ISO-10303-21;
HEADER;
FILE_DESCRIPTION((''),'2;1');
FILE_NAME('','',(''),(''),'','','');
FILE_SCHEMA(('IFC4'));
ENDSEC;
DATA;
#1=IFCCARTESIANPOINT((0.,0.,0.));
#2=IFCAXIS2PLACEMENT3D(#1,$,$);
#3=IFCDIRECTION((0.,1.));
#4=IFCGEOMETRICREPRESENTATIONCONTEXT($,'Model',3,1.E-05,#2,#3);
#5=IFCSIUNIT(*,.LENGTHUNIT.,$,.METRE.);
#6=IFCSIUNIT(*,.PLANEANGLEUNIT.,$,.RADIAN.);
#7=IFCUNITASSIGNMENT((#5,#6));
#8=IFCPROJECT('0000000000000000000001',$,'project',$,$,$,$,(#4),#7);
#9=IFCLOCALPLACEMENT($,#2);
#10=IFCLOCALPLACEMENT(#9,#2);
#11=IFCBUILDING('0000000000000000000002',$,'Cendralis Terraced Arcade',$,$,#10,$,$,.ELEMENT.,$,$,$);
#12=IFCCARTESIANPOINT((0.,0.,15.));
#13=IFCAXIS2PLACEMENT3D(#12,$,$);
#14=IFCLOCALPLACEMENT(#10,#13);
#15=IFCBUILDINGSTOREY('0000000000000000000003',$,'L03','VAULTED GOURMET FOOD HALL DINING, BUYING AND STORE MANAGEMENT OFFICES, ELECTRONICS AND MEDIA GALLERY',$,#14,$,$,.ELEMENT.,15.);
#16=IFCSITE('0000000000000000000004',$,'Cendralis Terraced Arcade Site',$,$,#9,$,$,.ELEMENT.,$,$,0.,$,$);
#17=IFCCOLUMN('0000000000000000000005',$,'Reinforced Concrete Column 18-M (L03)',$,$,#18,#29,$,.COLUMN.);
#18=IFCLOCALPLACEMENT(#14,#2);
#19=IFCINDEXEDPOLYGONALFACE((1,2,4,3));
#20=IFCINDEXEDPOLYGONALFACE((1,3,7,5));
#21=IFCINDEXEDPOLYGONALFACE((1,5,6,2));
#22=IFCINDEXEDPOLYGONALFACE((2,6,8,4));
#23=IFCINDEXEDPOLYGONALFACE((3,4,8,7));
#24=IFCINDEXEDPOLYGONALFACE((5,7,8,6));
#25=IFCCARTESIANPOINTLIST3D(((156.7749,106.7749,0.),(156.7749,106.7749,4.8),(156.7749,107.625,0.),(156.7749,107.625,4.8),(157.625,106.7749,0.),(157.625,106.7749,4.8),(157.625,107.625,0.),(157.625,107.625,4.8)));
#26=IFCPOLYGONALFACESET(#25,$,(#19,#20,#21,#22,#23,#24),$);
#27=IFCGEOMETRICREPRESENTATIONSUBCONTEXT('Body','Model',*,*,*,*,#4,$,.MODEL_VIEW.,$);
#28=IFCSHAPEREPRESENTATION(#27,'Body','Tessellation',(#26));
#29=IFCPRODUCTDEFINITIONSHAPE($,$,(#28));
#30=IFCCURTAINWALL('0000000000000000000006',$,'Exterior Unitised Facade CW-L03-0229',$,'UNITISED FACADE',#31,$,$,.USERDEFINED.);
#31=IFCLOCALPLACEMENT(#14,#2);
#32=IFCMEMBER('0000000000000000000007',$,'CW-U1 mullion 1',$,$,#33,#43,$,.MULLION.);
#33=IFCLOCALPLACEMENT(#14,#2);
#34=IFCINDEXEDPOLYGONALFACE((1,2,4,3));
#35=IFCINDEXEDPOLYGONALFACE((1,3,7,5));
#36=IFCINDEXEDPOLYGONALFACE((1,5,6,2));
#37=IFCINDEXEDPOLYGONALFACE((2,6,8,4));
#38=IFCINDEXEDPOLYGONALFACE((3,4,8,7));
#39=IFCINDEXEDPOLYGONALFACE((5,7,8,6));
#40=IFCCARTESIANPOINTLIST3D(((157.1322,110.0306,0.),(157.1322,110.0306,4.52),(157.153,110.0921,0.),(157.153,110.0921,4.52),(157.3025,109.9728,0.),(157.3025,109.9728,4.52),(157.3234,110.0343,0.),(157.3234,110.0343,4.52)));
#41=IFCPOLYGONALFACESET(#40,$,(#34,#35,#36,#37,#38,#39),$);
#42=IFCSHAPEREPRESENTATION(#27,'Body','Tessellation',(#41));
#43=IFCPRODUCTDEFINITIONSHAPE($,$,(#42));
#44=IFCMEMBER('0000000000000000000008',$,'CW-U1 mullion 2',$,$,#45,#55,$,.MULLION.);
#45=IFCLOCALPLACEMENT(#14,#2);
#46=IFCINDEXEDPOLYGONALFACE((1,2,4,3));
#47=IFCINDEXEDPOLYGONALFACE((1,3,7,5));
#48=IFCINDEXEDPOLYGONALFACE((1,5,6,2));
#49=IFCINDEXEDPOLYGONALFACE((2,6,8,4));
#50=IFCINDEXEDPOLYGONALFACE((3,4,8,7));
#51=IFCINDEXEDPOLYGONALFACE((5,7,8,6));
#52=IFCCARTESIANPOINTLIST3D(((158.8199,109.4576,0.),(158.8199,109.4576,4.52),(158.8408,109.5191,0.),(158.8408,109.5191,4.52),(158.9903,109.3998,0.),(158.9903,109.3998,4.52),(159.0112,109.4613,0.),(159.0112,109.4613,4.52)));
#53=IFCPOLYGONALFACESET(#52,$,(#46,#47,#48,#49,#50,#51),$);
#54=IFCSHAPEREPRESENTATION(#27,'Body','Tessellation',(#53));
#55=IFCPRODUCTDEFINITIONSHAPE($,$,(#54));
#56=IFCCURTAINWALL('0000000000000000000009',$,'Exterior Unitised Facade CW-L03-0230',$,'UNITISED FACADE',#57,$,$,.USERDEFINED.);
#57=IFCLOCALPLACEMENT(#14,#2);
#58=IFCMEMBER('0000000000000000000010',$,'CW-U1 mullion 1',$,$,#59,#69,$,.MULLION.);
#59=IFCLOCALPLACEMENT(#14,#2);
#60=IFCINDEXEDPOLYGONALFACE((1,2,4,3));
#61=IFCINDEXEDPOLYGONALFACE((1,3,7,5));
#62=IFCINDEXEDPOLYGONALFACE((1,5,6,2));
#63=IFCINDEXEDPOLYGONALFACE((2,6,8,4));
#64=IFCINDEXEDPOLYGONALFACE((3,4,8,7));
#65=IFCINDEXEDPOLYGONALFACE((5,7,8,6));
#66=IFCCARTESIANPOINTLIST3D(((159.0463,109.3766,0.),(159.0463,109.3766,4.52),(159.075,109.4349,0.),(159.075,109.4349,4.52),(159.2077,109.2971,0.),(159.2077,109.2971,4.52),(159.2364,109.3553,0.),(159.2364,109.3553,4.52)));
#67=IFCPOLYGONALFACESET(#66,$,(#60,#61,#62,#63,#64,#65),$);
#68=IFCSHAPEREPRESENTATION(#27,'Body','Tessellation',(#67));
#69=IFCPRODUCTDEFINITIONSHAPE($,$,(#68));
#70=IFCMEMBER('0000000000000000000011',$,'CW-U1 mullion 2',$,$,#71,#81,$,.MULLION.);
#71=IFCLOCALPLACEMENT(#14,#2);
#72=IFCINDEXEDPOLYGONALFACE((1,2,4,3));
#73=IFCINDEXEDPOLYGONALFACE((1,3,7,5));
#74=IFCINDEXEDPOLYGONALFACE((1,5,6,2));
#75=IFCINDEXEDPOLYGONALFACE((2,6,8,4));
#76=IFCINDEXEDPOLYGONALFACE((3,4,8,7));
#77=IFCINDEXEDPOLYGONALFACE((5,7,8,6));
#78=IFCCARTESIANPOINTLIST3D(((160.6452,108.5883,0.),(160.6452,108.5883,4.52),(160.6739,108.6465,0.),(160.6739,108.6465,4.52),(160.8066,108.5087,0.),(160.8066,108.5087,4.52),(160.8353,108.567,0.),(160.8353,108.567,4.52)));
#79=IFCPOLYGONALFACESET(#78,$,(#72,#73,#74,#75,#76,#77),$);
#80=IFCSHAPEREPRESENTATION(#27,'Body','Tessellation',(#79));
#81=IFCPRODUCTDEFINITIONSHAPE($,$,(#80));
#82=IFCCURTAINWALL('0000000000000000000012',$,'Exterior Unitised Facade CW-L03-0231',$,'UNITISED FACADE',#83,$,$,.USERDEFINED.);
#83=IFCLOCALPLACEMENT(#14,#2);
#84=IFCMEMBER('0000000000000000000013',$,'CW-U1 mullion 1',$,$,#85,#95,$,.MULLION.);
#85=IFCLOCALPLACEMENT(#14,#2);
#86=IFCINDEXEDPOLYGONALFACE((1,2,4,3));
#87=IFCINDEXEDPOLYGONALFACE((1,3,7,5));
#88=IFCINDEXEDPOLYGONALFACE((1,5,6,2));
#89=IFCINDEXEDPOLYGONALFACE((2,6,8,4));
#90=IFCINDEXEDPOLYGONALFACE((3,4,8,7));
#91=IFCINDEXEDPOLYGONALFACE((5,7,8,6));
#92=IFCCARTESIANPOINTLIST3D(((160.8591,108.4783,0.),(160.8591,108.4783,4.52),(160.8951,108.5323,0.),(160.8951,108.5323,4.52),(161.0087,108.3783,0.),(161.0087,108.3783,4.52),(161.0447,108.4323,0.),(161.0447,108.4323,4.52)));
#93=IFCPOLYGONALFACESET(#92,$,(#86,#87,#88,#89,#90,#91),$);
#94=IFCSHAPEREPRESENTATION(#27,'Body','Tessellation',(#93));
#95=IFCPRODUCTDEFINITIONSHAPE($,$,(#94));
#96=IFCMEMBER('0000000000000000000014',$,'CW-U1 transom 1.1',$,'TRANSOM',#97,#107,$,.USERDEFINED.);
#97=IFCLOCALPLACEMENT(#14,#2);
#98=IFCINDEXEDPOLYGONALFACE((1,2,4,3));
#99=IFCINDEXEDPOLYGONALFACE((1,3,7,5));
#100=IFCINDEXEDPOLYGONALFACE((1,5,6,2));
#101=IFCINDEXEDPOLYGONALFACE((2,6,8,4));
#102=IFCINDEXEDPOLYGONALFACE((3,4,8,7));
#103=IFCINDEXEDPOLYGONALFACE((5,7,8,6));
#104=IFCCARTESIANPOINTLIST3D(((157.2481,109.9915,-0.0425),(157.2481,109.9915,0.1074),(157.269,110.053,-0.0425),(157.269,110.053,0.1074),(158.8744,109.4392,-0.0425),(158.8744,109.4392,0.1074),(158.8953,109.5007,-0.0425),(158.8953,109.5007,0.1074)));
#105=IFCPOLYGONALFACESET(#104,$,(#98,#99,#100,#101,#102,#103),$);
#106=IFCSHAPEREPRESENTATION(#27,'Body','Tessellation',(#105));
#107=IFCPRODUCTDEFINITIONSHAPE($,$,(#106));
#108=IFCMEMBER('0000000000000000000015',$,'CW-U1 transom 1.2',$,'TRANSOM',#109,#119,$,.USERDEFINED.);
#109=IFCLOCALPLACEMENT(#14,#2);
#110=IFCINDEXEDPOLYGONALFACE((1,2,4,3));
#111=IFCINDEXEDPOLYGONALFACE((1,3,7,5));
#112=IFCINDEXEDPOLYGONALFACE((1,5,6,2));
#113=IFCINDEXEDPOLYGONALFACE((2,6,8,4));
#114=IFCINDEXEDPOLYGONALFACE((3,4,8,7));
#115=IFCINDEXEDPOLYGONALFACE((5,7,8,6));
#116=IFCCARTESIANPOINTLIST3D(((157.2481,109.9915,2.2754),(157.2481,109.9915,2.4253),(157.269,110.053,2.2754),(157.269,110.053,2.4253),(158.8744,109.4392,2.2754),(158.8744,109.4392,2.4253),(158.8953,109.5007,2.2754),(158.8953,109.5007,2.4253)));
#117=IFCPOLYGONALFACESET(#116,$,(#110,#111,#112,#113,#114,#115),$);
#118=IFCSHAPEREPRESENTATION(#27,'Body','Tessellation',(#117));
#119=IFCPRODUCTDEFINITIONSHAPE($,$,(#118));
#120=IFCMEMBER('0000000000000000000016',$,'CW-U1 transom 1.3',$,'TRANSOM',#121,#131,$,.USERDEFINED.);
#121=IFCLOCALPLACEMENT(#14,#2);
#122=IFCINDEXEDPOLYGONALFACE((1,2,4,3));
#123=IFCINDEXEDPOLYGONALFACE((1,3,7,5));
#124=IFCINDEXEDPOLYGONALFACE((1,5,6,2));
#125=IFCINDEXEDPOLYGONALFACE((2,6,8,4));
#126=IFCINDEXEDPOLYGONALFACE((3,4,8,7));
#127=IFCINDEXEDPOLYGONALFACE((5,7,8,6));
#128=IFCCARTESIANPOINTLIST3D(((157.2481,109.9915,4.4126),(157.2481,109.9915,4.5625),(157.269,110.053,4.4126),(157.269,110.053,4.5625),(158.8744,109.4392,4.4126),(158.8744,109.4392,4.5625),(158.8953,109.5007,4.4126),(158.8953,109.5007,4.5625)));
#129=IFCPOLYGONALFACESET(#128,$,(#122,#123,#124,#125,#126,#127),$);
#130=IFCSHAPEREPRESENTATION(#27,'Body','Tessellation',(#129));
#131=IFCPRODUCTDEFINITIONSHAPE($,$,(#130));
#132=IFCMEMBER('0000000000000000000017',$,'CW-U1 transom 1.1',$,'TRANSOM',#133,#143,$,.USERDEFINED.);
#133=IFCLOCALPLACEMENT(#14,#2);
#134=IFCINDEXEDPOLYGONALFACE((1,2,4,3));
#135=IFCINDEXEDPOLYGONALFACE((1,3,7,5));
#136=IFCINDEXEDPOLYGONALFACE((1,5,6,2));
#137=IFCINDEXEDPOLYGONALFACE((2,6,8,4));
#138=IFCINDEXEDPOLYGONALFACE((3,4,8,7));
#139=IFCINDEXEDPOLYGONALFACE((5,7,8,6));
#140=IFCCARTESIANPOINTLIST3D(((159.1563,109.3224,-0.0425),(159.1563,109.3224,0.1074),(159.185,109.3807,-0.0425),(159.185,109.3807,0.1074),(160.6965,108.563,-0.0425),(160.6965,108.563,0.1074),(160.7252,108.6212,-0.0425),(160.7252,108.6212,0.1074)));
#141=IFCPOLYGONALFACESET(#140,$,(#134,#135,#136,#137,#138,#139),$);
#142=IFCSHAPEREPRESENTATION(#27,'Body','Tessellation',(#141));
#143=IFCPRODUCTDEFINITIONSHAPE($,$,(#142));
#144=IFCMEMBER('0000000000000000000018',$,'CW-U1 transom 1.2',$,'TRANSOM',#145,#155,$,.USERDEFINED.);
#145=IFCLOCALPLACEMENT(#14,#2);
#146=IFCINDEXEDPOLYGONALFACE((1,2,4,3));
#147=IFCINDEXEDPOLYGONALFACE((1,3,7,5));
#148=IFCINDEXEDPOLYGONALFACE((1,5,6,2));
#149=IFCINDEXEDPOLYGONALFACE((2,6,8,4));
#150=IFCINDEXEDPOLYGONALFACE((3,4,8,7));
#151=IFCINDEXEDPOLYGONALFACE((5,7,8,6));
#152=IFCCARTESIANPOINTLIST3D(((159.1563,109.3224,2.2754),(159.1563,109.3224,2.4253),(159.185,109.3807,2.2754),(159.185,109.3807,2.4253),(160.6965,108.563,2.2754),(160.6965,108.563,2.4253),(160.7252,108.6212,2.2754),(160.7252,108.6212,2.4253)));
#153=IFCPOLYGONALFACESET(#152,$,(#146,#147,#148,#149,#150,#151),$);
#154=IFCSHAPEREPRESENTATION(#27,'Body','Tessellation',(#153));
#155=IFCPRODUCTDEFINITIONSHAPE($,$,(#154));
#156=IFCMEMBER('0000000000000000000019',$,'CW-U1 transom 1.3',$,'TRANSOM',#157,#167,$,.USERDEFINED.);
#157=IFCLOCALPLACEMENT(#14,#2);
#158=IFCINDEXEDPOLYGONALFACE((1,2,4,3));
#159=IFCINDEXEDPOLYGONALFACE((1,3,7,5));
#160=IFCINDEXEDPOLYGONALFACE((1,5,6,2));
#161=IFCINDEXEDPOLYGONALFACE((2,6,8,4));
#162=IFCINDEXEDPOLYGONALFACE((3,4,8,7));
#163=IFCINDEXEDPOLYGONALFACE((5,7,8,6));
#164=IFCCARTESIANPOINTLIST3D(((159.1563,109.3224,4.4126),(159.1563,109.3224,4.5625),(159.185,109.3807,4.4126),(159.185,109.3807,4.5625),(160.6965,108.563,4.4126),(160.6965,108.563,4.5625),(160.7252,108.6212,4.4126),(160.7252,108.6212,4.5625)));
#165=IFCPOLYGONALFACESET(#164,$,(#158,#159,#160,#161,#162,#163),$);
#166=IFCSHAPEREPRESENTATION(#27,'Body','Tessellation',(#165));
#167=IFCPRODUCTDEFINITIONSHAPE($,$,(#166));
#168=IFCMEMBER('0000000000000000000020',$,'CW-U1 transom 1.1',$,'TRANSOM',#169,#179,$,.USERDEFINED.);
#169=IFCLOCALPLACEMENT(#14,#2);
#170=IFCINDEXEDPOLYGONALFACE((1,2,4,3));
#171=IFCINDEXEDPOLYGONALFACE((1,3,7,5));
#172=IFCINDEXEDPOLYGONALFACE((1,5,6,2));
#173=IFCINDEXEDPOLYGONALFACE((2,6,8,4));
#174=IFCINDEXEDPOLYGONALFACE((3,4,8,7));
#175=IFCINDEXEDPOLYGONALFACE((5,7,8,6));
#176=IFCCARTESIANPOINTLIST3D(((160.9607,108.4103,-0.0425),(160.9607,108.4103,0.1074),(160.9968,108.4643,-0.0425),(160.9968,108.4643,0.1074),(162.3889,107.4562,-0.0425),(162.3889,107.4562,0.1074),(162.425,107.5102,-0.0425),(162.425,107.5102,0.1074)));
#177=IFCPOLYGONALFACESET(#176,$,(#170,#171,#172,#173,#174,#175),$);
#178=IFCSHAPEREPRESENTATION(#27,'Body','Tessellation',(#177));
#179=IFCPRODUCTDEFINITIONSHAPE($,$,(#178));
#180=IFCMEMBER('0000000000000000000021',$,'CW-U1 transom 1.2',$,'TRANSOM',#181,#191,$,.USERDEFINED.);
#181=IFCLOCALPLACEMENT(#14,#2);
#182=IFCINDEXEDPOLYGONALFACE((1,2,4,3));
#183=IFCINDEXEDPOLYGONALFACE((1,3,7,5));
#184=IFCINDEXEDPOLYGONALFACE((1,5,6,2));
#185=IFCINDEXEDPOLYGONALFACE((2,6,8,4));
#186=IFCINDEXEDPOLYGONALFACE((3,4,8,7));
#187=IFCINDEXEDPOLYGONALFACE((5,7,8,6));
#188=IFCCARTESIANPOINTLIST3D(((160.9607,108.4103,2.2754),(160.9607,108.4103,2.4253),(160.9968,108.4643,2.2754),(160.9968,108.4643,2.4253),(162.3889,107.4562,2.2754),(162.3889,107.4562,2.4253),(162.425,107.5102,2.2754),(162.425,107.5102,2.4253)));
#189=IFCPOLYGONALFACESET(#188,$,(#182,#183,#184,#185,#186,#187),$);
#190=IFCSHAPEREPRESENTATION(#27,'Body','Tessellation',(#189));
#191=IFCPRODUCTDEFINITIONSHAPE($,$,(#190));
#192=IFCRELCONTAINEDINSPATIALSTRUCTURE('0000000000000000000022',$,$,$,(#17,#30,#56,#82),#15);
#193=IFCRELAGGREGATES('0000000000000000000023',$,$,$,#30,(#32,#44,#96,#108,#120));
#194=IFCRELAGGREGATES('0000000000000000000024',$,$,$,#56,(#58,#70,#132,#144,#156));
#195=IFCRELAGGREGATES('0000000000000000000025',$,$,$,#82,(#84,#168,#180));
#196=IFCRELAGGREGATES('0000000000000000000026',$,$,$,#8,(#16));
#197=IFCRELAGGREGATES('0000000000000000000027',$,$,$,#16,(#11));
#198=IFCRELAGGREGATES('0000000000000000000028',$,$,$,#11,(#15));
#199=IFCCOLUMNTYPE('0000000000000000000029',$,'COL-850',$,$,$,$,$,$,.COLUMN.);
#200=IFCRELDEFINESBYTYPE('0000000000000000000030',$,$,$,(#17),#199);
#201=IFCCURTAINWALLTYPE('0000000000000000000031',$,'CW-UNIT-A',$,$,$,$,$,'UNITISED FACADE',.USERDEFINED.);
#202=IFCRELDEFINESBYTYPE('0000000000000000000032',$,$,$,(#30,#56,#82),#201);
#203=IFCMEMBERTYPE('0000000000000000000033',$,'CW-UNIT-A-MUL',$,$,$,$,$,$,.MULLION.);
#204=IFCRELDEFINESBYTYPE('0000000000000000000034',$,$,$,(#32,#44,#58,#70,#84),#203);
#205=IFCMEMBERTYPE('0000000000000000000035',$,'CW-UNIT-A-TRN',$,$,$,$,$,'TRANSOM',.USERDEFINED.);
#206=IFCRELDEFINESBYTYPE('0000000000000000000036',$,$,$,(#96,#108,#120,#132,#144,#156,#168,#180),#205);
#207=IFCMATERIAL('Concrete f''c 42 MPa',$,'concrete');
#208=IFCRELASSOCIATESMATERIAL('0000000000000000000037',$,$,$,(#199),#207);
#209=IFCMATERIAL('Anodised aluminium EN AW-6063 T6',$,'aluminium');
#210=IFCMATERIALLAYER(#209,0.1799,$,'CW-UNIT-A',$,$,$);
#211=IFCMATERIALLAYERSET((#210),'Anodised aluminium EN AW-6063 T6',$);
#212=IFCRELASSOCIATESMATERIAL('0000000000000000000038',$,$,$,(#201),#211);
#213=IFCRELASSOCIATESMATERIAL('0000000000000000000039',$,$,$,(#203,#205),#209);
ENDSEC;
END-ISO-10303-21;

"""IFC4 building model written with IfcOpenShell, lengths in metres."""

from ifc_helpers import new_model, si_unit, direction, frame, origin, origin_2d, place, context, subcontext, project, spatial, rectangle, extrude, material, layer, layer_set, material_profile, profile_set, type_object, element, aggregate, save


model = new_model("IFC4")

# Units and contexts
model_context = context("Model", 3, precision=1e-05, world=origin(), true_north=direction((0.0, 1.0)))
body_context = subcontext(model_context, "Body", "Model", "MODEL_VIEW")
ifc_project = project(units=[si_unit("LENGTHUNIT", "METRE"), si_unit("PLANEANGLEUNIT", "RADIAN")], contexts=[model_context])

# Site, building, storey
site_placement = place(None, origin())
site = spatial("IfcSite", under=ifc_project, at=site_placement, Name="Cendralis Terraced Arcade Site", CompositionType="ELEMENT", RefElevation=0.0)
building_placement = place(site_placement, origin())
building = spatial("IfcBuilding", under=site, at=building_placement, Name="Cendralis Terraced Arcade", CompositionType="ELEMENT")
storey_placement = place(building_placement, frame((0.0, 0.0, 15.0)))
storey = spatial("IfcBuildingStorey", under=building, at=storey_placement, Name="L03", Description="VAULTED GOURMET FOOD HALL DINING, BUYING AND STORE MANAGEMENT OFFICES, ELECTRONICS AND MEDIA GALLERY", CompositionType="ELEMENT", Elevation=15.0)

# Column
ifc_material_1 = material(Name="Concrete f'c 42 MPa", Category="concrete")
ifc_material_profile_1 = material_profile(ifc_material_1, rectangle(XDim=0.8501, YDim=0.8501, at=origin_2d()), Name="RC-COL-850x850", Category="LoadBearing")
ifc_profile_set_1 = profile_set([ifc_material_profile_1], Name="Concrete f'c 42 MPa")
column_type = type_object("IfcColumnType", Name="COL-850", PredefinedType="COLUMN", material=ifc_profile_set_1)
column_placement = place(storey_placement, frame((157.2, 107.2, 0.0), z_axis=(0.0, 0.0, 1.0), x_axis=(1.0, 0.0, 0.0)))
element("IfcColumn", 1, at=column_placement, inside=storey, type_object=column_type, Name="Reinforced Concrete Column 18-M (L03)", PredefinedType="COLUMN", context=body_context, shape_type="SweptSolid", body=[
    extrude(rectangle(XDim=0.8501, YDim=0.8501, at=origin_2d()), origin(), (0.0, 0.0, 1.0), 4.8),
])

# Curtain walls, members
ifc_material_2 = material(Name="Anodised aluminium EN AW-6063 T6", Category="aluminium")
ifc_layer_1 = layer(ifc_material_2, 0.1799, Name="CW-UNIT-A")
ifc_layer_set_1 = layer_set([ifc_layer_1], Name="Anodised aluminium EN AW-6063 T6")
curtain_wall_type = type_object("IfcCurtainWallType", Name="CW-UNIT-A", ElementType="UNITISED FACADE", PredefinedType="USERDEFINED", material=ifc_layer_set_1)
curtain_wall_1_placement = place(storey_placement, origin())
curtain_wall_1 = element("IfcCurtainWall", 2, at=curtain_wall_1_placement, inside=storey, type_object=curtain_wall_type, Name="Exterior Unitised Facade CW-L03-0229", ObjectType="UNITISED FACADE", PredefinedType="USERDEFINED")
ifc_material_profile_2 = material_profile(ifc_material_2, rectangle(XDim=0.0649, YDim=0.1799, at=origin_2d()), Name="ALU-MUL-65x180")
ifc_profile_set_2 = profile_set([ifc_material_profile_2], Name="Anodised aluminium EN AW-6063 T6")
member_type_1 = type_object("IfcMemberType", Name="CW-UNIT-A-MUL", PredefinedType="MULLION", material=ifc_profile_set_2)
member_1_placement = place(storey_placement, frame((157.2278, 110.0325, 0.0), z_axis=(0.0, 0.0, 1.0), x_axis=(0.3215, 0.94691, 0.0)))
member_1 = element("IfcMember", 3, at=member_1_placement, type_object=member_type_1, Name="CW-U1 mullion 1", PredefinedType="MULLION", context=body_context, shape_type="SweptSolid", body=[
    extrude(rectangle(XDim=0.0649, YDim=0.1799, at=origin_2d()), origin(), (0.0, 0.0, 1.0), 4.52),
])
member_2_placement = place(storey_placement, frame((158.9155, 109.4595, 0.0), z_axis=(0.0, 0.0, 1.0), x_axis=(0.3215, 0.94691, 0.0)))
member_2 = element("IfcMember", 4, at=member_2_placement, type_object=member_type_1, Name="CW-U1 mullion 2", PredefinedType="MULLION", context=body_context, shape_type="SweptSolid", body=[
    extrude(rectangle(XDim=0.0649, YDim=0.1799, at=origin_2d()), origin(), (0.0, 0.0, 1.0), 4.52),
])
curtain_wall_2_placement = place(storey_placement, origin())
curtain_wall_2 = element("IfcCurtainWall", 5, at=curtain_wall_2_placement, inside=storey, type_object=curtain_wall_type, Name="Exterior Unitised Facade CW-L03-0230", ObjectType="UNITISED FACADE", PredefinedType="USERDEFINED")
member_3_placement = place(storey_placement, frame((159.1414, 109.366, 0.0), z_axis=(0.0, 0.0, 1.0), x_axis=(0.44227, 0.896882, 0.0)))
member_3 = element("IfcMember", 6, at=member_3_placement, type_object=member_type_1, Name="CW-U1 mullion 1", PredefinedType="MULLION", context=body_context, shape_type="SweptSolid", body=[
    extrude(rectangle(XDim=0.0649, YDim=0.1799, at=origin_2d()), origin(), (0.0, 0.0, 1.0), 4.52),
])
member_4_placement = place(storey_placement, frame((160.7402, 108.5776, 0.0), z_axis=(0.0, 0.0, 1.0), x_axis=(0.44227, 0.896882, 0.0)))
member_4 = element("IfcMember", 7, at=member_4_placement, type_object=member_type_1, Name="CW-U1 mullion 2", PredefinedType="MULLION", context=body_context, shape_type="SweptSolid", body=[
    extrude(rectangle(XDim=0.0649, YDim=0.1799, at=origin_2d()), origin(), (0.0, 0.0, 1.0), 4.52),
])

# Curtain wall, member
curtain_wall_3_placement = place(storey_placement, origin())
curtain_wall_3 = element("IfcCurtainWall", 8, at=curtain_wall_3_placement, inside=storey, type_object=curtain_wall_type, Name="Exterior Unitised Facade CW-L03-0231", ObjectType="UNITISED FACADE", PredefinedType="USERDEFINED")
member_5_placement = place(storey_placement, frame((160.9519, 108.4553, 0.0), z_axis=(0.0, 0.0, 1.0), x_axis=(0.555549, 0.831484, 0.0)))
member_5 = element("IfcMember", 9, at=member_5_placement, type_object=member_type_1, Name="CW-U1 mullion 1", PredefinedType="MULLION", context=body_context, shape_type="SweptSolid", body=[
    extrude(rectangle(XDim=0.0649, YDim=0.1799, at=origin_2d()), origin(), (0.0, 0.0, 1.0), 4.52),
])

# Members
ifc_material_profile_3 = material_profile(ifc_material_2, rectangle(XDim=0.0649, YDim=0.1499, at=origin_2d()), Name="ALU-TRN-65x150")
ifc_profile_set_3 = profile_set([ifc_material_profile_3], Name="Anodised aluminium EN AW-6063 T6")
member_type_2 = type_object("IfcMemberType", Name="CW-UNIT-A-TRN", ElementType="TRANSOM", PredefinedType="USERDEFINED", material=ifc_profile_set_3)
member_6_placement = place(storey_placement, frame((157.2585, 110.0222, 0.0325), z_axis=(0.946891, -0.321554, 0.0), x_axis=(0.321554, 0.946891, 0.0)))
member_6 = element("IfcMember", 10, at=member_6_placement, type_object=member_type_2, Name="CW-U1 transom 1.1", ObjectType="TRANSOM", PredefinedType="USERDEFINED", context=body_context, shape_type="SweptSolid", body=[
    extrude(rectangle(XDim=0.0649, YDim=0.1499, at=origin_2d()), origin(), (0.0, 0.0, 1.0), 1.7175),
])
member_7_placement = place(storey_placement, frame((157.2585, 110.0222, 2.3503), z_axis=(0.946891, -0.321554, 0.0), x_axis=(0.321554, 0.946891, 0.0)))
member_7 = element("IfcMember", 11, at=member_7_placement, type_object=member_type_2, Name="CW-U1 transom 1.2", ObjectType="TRANSOM", PredefinedType="USERDEFINED", context=body_context, shape_type="SweptSolid", body=[
    extrude(rectangle(XDim=0.0649, YDim=0.1499, at=origin_2d()), origin(), (0.0, 0.0, 1.0), 1.7175),
])
member_8_placement = place(storey_placement, frame((157.2585, 110.0222, 4.4875), z_axis=(0.946891, -0.321554, 0.0), x_axis=(0.321554, 0.946891, 0.0)))
member_8 = element("IfcMember", 12, at=member_8_placement, type_object=member_type_2, Name="CW-U1 transom 1.3", ObjectType="TRANSOM", PredefinedType="USERDEFINED", context=body_context, shape_type="SweptSolid", body=[
    extrude(rectangle(XDim=0.0649, YDim=0.1499, at=origin_2d()), origin(), (0.0, 0.0, 1.0), 1.7175),
])
member_9_placement = place(storey_placement, frame((159.1707, 109.3516, 0.0325), z_axis=(0.896887, -0.44226, 0.0), x_axis=(0.44226, 0.896887, 0.0)))
member_9 = element("IfcMember", 13, at=member_9_placement, type_object=member_type_2, Name="CW-U1 transom 1.1", ObjectType="TRANSOM", PredefinedType="USERDEFINED", context=body_context, shape_type="SweptSolid", body=[
    extrude(rectangle(XDim=0.0649, YDim=0.1499, at=origin_2d()), origin(), (0.0, 0.0, 1.0), 1.7173),
])
member_10_placement = place(storey_placement, frame((159.1707, 109.3516, 2.3503), z_axis=(0.896887, -0.44226, 0.0), x_axis=(0.44226, 0.896887, 0.0)))
member_10 = element("IfcMember", 14, at=member_10_placement, type_object=member_type_2, Name="CW-U1 transom 1.2", ObjectType="TRANSOM", PredefinedType="USERDEFINED", context=body_context, shape_type="SweptSolid", body=[
    extrude(rectangle(XDim=0.0649, YDim=0.1499, at=origin_2d()), origin(), (0.0, 0.0, 1.0), 1.7173),
])
member_11_placement = place(storey_placement, frame((159.1707, 109.3516, 4.4875), z_axis=(0.896887, -0.44226, 0.0), x_axis=(0.44226, 0.896887, 0.0)))
member_11 = element("IfcMember", 15, at=member_11_placement, type_object=member_type_2, Name="CW-U1 transom 1.3", ObjectType="TRANSOM", PredefinedType="USERDEFINED", context=body_context, shape_type="SweptSolid", body=[
    extrude(rectangle(XDim=0.0649, YDim=0.1499, at=origin_2d()), origin(), (0.0, 0.0, 1.0), 1.7173),
])
member_12_placement = place(storey_placement, frame((160.9788, 108.4373, 0.0325), z_axis=(0.831525, -0.555487, 0.0), x_axis=(0.555487, 0.831525, 0.0)))
member_12 = element("IfcMember", 16, at=member_12_placement, type_object=member_type_2, Name="CW-U1 transom 1.1", ObjectType="TRANSOM", PredefinedType="USERDEFINED", context=body_context, shape_type="SweptSolid", body=[
    extrude(rectangle(XDim=0.0649, YDim=0.1499, at=origin_2d()), origin(), (0.0, 0.0, 1.0), 1.7175),
])
member_13_placement = place(storey_placement, frame((160.9788, 108.4373, 2.3503), z_axis=(0.831525, -0.555487, 0.0), x_axis=(0.555487, 0.831525, 0.0)))
member_13 = element("IfcMember", 17, at=member_13_placement, type_object=member_type_2, Name="CW-U1 transom 1.2", ObjectType="TRANSOM", PredefinedType="USERDEFINED", context=body_context, shape_type="SweptSolid", body=[
    extrude(rectangle(XDim=0.0649, YDim=0.1499, at=origin_2d()), origin(), (0.0, 0.0, 1.0), 1.7175),
])

aggregate(curtain_wall_1, [member_1, member_2, member_6, member_7, member_8])
aggregate(curtain_wall_2, [member_3, member_4, member_9, member_10, member_11])
aggregate(curtain_wall_3, [member_5, member_12, member_13])

save(model, "model.ifc")
